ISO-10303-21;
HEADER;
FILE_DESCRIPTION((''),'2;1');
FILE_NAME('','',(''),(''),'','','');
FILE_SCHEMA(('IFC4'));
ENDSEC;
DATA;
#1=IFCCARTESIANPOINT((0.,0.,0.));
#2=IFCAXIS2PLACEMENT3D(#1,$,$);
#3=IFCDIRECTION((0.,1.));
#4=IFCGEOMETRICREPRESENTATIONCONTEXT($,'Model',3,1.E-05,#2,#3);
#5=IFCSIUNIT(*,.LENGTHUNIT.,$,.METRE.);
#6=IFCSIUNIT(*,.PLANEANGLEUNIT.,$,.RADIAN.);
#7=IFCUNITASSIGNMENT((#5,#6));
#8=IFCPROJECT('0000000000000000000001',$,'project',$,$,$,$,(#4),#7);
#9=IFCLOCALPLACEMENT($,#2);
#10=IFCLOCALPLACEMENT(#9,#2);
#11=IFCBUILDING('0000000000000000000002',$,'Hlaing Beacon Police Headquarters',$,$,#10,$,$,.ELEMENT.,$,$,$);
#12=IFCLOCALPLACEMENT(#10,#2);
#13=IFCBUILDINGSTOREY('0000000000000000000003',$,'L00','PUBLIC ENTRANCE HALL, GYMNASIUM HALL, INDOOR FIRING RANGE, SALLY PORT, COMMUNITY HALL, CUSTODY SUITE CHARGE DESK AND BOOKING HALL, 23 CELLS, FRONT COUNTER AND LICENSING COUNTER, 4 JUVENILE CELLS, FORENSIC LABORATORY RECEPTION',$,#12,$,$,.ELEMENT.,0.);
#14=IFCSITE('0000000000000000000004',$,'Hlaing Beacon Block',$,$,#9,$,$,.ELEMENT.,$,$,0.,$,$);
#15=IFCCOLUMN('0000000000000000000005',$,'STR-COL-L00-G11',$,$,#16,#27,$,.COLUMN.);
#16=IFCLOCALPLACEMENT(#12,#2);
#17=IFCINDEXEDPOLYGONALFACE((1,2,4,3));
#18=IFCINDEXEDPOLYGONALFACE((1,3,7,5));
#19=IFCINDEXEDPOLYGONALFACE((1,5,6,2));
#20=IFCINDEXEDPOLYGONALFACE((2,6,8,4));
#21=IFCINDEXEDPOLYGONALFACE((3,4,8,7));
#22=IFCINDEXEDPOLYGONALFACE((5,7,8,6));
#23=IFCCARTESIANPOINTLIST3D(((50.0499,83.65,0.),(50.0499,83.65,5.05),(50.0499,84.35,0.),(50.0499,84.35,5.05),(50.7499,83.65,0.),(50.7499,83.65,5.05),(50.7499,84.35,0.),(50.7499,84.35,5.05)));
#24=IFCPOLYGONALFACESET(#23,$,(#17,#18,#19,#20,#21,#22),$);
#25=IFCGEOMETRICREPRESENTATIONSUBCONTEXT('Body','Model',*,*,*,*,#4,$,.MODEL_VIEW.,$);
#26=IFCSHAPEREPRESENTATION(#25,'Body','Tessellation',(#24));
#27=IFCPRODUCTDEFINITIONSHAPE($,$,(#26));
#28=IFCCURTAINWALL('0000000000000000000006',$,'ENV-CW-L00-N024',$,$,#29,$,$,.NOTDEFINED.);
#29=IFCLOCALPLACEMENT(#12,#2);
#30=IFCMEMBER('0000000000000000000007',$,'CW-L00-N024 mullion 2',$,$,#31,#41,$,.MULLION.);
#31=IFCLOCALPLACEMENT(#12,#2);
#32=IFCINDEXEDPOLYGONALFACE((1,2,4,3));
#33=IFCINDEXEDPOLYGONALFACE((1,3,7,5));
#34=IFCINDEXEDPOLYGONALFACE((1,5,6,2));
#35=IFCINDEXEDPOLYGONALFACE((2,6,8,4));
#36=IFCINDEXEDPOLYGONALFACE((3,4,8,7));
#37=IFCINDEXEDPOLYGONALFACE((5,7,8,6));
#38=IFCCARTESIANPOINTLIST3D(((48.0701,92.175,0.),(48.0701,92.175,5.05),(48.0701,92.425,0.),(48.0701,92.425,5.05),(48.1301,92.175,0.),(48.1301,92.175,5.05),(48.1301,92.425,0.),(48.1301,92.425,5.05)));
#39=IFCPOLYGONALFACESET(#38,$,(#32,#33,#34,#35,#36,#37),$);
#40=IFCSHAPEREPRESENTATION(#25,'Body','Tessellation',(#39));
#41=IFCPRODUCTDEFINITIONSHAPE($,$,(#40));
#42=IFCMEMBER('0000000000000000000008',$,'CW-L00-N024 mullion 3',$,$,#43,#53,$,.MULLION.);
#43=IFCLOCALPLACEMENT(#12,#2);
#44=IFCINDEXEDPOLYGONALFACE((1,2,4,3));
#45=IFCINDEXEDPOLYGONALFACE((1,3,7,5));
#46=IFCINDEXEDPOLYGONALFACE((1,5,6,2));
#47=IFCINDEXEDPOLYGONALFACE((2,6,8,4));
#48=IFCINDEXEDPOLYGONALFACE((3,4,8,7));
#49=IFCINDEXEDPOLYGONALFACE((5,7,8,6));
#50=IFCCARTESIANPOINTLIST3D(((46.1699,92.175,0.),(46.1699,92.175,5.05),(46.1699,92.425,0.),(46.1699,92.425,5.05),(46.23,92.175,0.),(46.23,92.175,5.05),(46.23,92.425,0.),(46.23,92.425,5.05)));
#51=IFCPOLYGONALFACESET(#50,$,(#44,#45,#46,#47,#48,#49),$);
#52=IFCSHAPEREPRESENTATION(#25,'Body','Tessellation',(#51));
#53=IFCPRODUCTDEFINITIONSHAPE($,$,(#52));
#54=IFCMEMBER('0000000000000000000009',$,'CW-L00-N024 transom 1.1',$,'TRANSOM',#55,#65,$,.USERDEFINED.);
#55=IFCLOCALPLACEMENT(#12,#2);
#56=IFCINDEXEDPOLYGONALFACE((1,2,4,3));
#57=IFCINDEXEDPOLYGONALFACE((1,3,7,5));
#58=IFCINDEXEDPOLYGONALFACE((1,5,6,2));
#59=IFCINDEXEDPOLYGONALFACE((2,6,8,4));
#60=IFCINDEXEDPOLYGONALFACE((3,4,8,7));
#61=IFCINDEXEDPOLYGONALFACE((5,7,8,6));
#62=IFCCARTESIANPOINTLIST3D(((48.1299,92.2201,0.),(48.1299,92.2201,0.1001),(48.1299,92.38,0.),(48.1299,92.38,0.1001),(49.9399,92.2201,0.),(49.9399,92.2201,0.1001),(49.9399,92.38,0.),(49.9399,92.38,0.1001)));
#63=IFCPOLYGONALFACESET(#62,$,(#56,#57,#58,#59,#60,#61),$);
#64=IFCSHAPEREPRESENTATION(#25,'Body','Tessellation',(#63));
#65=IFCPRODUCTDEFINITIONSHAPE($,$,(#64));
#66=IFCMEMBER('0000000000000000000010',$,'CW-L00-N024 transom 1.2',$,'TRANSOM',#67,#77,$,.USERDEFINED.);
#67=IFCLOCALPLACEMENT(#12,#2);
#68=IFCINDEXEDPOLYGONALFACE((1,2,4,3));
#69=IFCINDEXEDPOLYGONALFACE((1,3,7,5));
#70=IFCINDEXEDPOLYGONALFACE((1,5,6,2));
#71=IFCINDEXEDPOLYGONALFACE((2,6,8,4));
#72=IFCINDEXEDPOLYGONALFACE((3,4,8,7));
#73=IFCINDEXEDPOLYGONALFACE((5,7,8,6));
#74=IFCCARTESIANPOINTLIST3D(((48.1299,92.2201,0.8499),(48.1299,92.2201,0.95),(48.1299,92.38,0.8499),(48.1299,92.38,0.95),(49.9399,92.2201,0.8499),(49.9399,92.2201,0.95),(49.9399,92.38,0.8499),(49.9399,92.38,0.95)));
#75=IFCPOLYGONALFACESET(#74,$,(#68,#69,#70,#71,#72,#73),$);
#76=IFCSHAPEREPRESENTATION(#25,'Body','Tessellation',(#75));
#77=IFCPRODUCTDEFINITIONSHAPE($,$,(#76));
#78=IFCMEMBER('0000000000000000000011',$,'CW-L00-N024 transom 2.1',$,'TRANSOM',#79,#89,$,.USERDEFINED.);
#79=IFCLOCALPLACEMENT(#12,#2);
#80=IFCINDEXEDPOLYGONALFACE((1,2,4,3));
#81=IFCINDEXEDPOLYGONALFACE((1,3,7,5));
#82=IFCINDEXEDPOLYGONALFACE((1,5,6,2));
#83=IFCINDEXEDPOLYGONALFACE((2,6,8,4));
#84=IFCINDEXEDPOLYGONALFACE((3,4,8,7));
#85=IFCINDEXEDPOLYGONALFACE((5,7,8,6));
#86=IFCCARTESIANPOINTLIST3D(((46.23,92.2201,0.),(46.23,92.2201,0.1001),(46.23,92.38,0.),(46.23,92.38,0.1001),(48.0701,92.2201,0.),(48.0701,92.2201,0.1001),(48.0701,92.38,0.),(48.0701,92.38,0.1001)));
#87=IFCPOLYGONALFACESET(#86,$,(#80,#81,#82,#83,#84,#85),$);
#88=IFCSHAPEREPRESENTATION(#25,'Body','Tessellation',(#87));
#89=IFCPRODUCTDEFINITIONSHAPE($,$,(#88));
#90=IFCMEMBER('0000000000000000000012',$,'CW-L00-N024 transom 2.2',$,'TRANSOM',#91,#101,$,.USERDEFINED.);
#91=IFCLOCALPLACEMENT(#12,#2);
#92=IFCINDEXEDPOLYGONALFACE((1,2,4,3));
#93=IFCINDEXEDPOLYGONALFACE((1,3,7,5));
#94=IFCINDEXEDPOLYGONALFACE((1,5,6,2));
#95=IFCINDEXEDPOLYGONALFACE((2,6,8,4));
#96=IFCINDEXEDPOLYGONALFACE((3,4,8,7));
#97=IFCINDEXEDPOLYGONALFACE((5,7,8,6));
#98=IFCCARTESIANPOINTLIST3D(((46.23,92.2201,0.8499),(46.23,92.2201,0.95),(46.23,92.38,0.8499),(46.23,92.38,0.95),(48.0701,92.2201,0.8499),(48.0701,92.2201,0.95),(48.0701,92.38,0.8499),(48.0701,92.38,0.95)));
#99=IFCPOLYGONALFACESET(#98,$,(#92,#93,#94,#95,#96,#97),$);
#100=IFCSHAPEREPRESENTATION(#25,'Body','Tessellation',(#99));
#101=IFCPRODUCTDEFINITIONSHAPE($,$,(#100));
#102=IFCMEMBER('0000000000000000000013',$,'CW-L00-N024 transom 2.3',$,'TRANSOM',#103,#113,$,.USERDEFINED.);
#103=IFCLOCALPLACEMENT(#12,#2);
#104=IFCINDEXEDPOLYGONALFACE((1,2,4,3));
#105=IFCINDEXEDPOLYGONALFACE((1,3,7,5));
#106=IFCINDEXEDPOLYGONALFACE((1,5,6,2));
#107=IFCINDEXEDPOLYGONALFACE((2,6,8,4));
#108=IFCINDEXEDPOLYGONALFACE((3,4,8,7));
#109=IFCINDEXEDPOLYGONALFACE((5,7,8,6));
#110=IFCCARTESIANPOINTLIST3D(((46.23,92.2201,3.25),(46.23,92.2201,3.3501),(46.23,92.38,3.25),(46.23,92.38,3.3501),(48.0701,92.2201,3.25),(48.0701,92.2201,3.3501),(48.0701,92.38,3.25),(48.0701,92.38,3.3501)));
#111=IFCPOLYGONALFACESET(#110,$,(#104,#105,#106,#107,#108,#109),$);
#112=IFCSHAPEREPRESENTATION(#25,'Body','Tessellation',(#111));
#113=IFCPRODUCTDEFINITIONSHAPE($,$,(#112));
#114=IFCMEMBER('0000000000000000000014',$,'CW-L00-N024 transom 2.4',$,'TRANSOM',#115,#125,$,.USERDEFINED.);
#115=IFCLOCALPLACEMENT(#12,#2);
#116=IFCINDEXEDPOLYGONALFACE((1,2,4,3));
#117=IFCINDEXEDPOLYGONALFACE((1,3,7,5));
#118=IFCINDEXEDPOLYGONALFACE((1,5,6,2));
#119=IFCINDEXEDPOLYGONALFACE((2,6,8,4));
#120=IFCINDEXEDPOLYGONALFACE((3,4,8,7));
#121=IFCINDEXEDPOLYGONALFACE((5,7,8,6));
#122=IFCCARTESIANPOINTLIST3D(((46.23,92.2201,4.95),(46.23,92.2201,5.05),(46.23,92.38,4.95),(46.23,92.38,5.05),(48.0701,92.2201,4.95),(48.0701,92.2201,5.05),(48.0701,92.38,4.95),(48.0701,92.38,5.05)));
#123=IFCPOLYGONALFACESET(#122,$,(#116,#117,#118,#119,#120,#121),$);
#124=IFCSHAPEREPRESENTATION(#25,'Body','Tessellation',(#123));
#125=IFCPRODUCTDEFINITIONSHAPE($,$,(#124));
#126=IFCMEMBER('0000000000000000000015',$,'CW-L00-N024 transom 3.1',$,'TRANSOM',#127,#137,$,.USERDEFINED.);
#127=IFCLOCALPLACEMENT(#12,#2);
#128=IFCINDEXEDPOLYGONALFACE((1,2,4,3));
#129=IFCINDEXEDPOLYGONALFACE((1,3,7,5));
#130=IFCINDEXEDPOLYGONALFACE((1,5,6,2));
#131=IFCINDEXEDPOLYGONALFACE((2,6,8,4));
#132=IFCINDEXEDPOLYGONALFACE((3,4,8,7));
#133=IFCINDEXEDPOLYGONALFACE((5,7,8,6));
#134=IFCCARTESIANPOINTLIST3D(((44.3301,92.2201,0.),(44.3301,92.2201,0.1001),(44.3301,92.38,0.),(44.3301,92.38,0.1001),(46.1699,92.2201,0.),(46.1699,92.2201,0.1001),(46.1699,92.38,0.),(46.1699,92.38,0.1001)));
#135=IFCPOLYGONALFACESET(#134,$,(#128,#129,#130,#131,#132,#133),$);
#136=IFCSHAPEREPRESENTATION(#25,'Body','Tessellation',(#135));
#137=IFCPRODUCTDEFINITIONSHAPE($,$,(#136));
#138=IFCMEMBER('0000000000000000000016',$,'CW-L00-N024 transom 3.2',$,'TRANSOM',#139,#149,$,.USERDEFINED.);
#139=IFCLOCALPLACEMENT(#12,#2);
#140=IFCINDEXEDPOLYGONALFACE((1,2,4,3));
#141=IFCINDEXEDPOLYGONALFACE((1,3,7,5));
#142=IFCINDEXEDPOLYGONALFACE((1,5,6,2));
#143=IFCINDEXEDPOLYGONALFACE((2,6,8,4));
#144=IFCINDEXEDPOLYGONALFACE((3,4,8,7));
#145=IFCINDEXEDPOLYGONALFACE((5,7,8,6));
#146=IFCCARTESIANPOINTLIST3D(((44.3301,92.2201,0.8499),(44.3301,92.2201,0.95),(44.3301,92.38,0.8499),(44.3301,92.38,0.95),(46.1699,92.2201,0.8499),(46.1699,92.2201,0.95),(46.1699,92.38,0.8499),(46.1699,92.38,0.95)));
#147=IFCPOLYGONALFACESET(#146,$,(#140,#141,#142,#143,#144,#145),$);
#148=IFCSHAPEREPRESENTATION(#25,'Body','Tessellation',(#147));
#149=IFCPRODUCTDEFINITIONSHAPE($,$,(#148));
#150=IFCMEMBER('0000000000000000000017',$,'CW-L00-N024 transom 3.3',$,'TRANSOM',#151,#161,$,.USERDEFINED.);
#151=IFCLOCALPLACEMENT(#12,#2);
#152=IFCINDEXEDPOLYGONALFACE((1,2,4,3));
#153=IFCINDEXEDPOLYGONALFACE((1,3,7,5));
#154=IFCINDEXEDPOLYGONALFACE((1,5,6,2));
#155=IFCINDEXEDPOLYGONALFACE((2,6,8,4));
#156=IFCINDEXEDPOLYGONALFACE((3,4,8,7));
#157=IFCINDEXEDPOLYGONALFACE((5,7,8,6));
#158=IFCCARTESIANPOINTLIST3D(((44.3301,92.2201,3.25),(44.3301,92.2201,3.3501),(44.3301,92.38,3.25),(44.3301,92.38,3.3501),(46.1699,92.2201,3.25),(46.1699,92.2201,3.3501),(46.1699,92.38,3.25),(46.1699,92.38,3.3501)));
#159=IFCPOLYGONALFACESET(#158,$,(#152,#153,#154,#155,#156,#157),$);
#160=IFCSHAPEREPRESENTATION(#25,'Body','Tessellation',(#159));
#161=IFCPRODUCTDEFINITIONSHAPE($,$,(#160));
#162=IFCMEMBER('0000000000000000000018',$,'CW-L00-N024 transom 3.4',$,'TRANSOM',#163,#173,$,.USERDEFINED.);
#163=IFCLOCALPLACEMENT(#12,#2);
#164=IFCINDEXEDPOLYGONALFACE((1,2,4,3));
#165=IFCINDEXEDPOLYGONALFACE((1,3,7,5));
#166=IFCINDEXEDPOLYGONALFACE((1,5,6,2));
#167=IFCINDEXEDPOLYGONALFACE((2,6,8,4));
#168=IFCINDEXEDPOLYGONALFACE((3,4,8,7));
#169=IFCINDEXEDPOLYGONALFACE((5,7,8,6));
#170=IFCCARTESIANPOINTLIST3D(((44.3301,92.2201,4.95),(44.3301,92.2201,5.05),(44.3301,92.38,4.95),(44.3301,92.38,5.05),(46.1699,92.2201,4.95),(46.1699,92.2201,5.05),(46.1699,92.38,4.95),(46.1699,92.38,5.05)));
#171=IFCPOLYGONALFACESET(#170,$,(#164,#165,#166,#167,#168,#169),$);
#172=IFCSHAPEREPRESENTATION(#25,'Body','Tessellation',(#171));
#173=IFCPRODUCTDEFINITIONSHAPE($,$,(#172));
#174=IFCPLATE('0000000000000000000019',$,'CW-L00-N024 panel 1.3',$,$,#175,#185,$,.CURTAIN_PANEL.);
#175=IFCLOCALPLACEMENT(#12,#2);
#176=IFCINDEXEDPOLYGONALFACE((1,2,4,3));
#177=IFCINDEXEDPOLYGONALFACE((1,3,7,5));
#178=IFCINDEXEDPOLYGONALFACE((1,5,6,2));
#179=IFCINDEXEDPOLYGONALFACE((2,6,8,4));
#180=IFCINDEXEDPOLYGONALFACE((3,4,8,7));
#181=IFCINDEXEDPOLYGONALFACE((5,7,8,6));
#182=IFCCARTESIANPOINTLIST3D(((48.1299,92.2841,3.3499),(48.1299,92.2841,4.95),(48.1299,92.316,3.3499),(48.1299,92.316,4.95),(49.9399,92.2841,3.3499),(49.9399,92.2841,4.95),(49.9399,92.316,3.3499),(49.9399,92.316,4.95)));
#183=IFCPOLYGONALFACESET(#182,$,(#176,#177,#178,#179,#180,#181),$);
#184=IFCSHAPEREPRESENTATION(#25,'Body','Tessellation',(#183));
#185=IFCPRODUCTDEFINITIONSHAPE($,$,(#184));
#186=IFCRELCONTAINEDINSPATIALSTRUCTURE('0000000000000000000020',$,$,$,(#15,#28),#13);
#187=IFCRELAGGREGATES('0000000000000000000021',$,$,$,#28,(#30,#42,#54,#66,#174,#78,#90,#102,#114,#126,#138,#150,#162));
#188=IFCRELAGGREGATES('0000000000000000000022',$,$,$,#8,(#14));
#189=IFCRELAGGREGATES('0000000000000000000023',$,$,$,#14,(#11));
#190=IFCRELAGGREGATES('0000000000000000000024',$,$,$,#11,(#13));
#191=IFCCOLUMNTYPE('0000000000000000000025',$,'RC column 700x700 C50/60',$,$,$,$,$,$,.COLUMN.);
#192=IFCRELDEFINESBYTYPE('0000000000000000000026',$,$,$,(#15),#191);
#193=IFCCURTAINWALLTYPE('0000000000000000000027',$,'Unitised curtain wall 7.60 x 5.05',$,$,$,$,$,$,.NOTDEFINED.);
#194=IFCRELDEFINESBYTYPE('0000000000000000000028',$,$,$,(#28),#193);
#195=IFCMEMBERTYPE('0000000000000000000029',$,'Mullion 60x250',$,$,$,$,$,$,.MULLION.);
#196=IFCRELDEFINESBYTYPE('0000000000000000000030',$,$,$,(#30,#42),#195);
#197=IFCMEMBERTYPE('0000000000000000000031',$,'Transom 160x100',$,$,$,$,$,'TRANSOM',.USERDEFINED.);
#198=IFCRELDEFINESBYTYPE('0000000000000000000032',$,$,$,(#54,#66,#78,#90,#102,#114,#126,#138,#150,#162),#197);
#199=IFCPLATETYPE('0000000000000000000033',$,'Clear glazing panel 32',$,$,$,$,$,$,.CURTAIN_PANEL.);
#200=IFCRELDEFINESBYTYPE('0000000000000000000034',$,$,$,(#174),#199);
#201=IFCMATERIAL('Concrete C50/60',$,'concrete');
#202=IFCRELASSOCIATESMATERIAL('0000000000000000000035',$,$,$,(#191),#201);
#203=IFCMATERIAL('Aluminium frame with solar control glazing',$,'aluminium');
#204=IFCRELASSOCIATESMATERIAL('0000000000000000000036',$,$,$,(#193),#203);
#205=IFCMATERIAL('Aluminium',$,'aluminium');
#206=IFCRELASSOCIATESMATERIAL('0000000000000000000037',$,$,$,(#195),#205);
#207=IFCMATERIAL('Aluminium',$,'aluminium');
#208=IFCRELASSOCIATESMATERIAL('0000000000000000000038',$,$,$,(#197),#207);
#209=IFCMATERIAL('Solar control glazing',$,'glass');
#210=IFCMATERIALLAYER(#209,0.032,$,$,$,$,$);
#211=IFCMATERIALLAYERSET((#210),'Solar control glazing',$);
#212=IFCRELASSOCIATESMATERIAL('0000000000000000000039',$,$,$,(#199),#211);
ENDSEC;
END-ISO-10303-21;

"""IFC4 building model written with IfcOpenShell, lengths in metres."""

from ifc_helpers import new_model, si_unit, direction, frame, origin, origin_2d, place, context, subcontext, project, spatial, rectangle, extrude, material, layer, layer_set, material_profile, profile_set, type_object, element, aggregate, save


model = new_model("IFC4")

# Units and contexts
model_context = context("Model", 3, precision=1e-05, world=origin(), true_north=direction((0.0, 1.0)))
body_context = subcontext(model_context, "Body", "Model", "MODEL_VIEW")
ifc_project = project(units=[si_unit("LENGTHUNIT", "METRE"), si_unit("PLANEANGLEUNIT", "RADIAN")], contexts=[model_context])

# Site, building, storey
site_placement = place(None, origin())
site = spatial("IfcSite", under=ifc_project, at=site_placement, Name="Hlaing Beacon Block", CompositionType="ELEMENT", RefElevation=0.0)
building_placement = place(site_placement, origin())
building = spatial("IfcBuilding", under=site, at=building_placement, Name="Hlaing Beacon Police Headquarters", CompositionType="ELEMENT")
storey_placement = place(building_placement, origin())
storey = spatial("IfcBuildingStorey", under=building, at=storey_placement, Name="L00", Description="PUBLIC ENTRANCE HALL, GYMNASIUM HALL, INDOOR FIRING RANGE, SALLY PORT, COMMUNITY HALL, CUSTODY SUITE CHARGE DESK AND BOOKING HALL, 23 CELLS, FRONT COUNTER AND LICENSING COUNTER, 4 JUVENILE CELLS, FORENSIC LABORATORY RECEPTION", CompositionType="ELEMENT", Elevation=0.0)

# Column
ifc_material_1 = material(Name="Concrete C50/60", Category="concrete")
ifc_material_profile_1 = material_profile(ifc_material_1, rectangle(XDim=0.7, YDim=0.7, at=origin_2d()), Name="700x700")
ifc_profile_set_1 = profile_set([ifc_material_profile_1], Name="Concrete C50/60")
column_type = type_object("IfcColumnType", Name="RC column 700x700 C50/60", PredefinedType="COLUMN", material=ifc_profile_set_1)
column_placement = place(storey_placement, frame((50.3999, 84.0, 0.0), z_axis=(0.0, 0.0, 1.0), x_axis=(1.0, 0.0, 0.0)))
element("IfcColumn", 1, at=column_placement, inside=storey, type_object=column_type, Name="STR-COL-L00-G11", PredefinedType="COLUMN", context=body_context, shape_type="SweptSolid", body=[
    extrude(rectangle(XDim=0.7, YDim=0.7, at=origin_2d()), origin(), (0.0, 0.0, 1.0), 5.05),
])

# Curtain wall, members, plate
ifc_material_2 = material(Name="Aluminium frame with solar control glazing", Category="aluminium")
curtain_wall_type = type_object("IfcCurtainWallType", Name="Unitised curtain wall 7.60 x 5.05", PredefinedType="NOTDEFINED", material=ifc_material_2)
curtain_wall_placement = place(storey_placement, origin())
curtain_wall = element("IfcCurtainWall", 2, at=curtain_wall_placement, inside=storey, type_object=curtain_wall_type, Name="ENV-CW-L00-N024", PredefinedType="NOTDEFINED")
ifc_material_3 = material(Name="Aluminium", Category="aluminium")
ifc_material_profile_2 = material_profile(ifc_material_3, rectangle(XDim=0.25, YDim=0.0601, at=origin_2d()), Name="Mullion 60x250")
ifc_profile_set_2 = profile_set([ifc_material_profile_2], Name="Aluminium")
member_type_1 = type_object("IfcMemberType", Name="Mullion 60x250", PredefinedType="MULLION", material=ifc_profile_set_2)
member_1_placement = place(storey_placement, frame((48.1001, 92.3, 0.0), z_axis=(0.0, 0.0, 1.0), x_axis=(0.0, -1.0, 0.0)))
member_1 = element("IfcMember", 3, at=member_1_placement, type_object=member_type_1, Name="CW-L00-N024 mullion 2", PredefinedType="MULLION", context=body_context, shape_type="SweptSolid", body=[
    extrude(rectangle(XDim=0.25, YDim=0.0601, at=origin_2d()), origin(), (0.0, 0.0, 1.0), 5.05),
])
member_2_placement = place(storey_placement, frame((46.2, 92.3, 0.0), z_axis=(0.0, 0.0, 1.0), x_axis=(0.0, -1.0, 0.0)))
member_2 = element("IfcMember", 4, at=member_2_placement, type_object=member_type_1, Name="CW-L00-N024 mullion 3", PredefinedType="MULLION", context=body_context, shape_type="SweptSolid", body=[
    extrude(rectangle(XDim=0.25, YDim=0.0601, at=origin_2d()), origin(), (0.0, 0.0, 1.0), 5.05),
])
ifc_material_4 = material(Name="Aluminium", Category="aluminium")
ifc_material_profile_3 = material_profile(ifc_material_4, rectangle(XDim=0.1599, YDim=0.1001, at=origin_2d()), Name="Transom 160x100")
ifc_profile_set_3 = profile_set([ifc_material_profile_3], Name="Aluminium")
member_type_2 = type_object("IfcMemberType", Name="Transom 160x100", ElementType="TRANSOM", PredefinedType="USERDEFINED", material=ifc_profile_set_3)
member_3_placement = place(storey_placement, frame((49.9399, 92.3, 0.05), z_axis=(-1.0, 0.0, 0.0), x_axis=(0.0, -1.0, 0.0)))
member_3 = element("IfcMember", 5, at=member_3_placement, type_object=member_type_2, Name="CW-L00-N024 transom 1.1", ObjectType="TRANSOM", PredefinedType="USERDEFINED", context=body_context, shape_type="SweptSolid", body=[
    extrude(rectangle(XDim=0.1599, YDim=0.1001, at=origin_2d()), origin(), (0.0, 0.0, 1.0), 1.8101),
])
member_4_placement = place(storey_placement, frame((49.9399, 92.3, 0.8999), z_axis=(-1.0, 0.0, 0.0), x_axis=(0.0, -1.0, 0.0)))
member_4 = element("IfcMember", 6, at=member_4_placement, type_object=member_type_2, Name="CW-L00-N024 transom 1.2", ObjectType="TRANSOM", PredefinedType="USERDEFINED", context=body_context, shape_type="SweptSolid", body=[
    extrude(rectangle(XDim=0.1599, YDim=0.1001, at=origin_2d()), origin(), (0.0, 0.0, 1.0), 1.8101),
])
member_5_placement = place(storey_placement, frame((48.0701, 92.3, 0.05), z_axis=(-1.0, 0.0, 0.0), x_axis=(0.0, -1.0, 0.0)))
member_5 = element("IfcMember", 7, at=member_5_placement, type_object=member_type_2, Name="CW-L00-N024 transom 2.1", ObjectType="TRANSOM", PredefinedType="USERDEFINED", context=body_context, shape_type="SweptSolid", body=[
    extrude(rectangle(XDim=0.1599, YDim=0.1001, at=origin_2d()), origin(), (0.0, 0.0, 1.0), 1.8401),
])
member_6_placement = place(storey_placement, frame((48.0701, 92.3, 0.8999), z_axis=(-1.0, 0.0, 0.0), x_axis=(0.0, -1.0, 0.0)))
member_6 = element("IfcMember", 8, at=member_6_placement, type_object=member_type_2, Name="CW-L00-N024 transom 2.2", ObjectType="TRANSOM", PredefinedType="USERDEFINED", context=body_context, shape_type="SweptSolid", body=[
    extrude(rectangle(XDim=0.1599, YDim=0.1001, at=origin_2d()), origin(), (0.0, 0.0, 1.0), 1.8401),
])
member_7_placement = place(storey_placement, frame((48.0701, 92.3, 3.3), z_axis=(-1.0, 0.0, 0.0), x_axis=(0.0, -1.0, 0.0)))
member_7 = element("IfcMember", 9, at=member_7_placement, type_object=member_type_2, Name="CW-L00-N024 transom 2.3", ObjectType="TRANSOM", PredefinedType="USERDEFINED", context=body_context, shape_type="SweptSolid", body=[
    extrude(rectangle(XDim=0.1599, YDim=0.1001, at=origin_2d()), origin(), (0.0, 0.0, 1.0), 1.8401),
])
member_8_placement = place(storey_placement, frame((48.0701, 92.3, 5.0), z_axis=(-1.0, 0.0, 0.0), x_axis=(0.0, -1.0, 0.0)))
member_8 = element("IfcMember", 10, at=member_8_placement, type_object=member_type_2, Name="CW-L00-N024 transom 2.4", ObjectType="TRANSOM", PredefinedType="USERDEFINED", context=body_context, shape_type="SweptSolid", body=[
    extrude(rectangle(XDim=0.1599, YDim=0.1001, at=origin_2d()), origin(), (0.0, 0.0, 1.0), 1.8401),
])
member_9_placement = place(storey_placement, frame((46.1699, 92.3, 0.05), z_axis=(-1.0, 0.0, 0.0), x_axis=(0.0, -1.0, 0.0)))
member_9 = element("IfcMember", 11, at=member_9_placement, type_object=member_type_2, Name="CW-L00-N024 transom 3.1", ObjectType="TRANSOM", PredefinedType="USERDEFINED", context=body_context, shape_type="SweptSolid", body=[
    extrude(rectangle(XDim=0.1599, YDim=0.1001, at=origin_2d()), origin(), (0.0, 0.0, 1.0), 1.8398),
])
member_10_placement = place(storey_placement, frame((46.1699, 92.3, 0.8999), z_axis=(-1.0, 0.0, 0.0), x_axis=(0.0, -1.0, 0.0)))
member_10 = element("IfcMember", 12, at=member_10_placement, type_object=member_type_2, Name="CW-L00-N024 transom 3.2", ObjectType="TRANSOM", PredefinedType="USERDEFINED", context=body_context, shape_type="SweptSolid", body=[
    extrude(rectangle(XDim=0.1599, YDim=0.1001, at=origin_2d()), origin(), (0.0, 0.0, 1.0), 1.8398),
])
member_11_placement = place(storey_placement, frame((46.1699, 92.3, 3.3), z_axis=(-1.0, 0.0, 0.0), x_axis=(0.0, -1.0, 0.0)))
member_11 = element("IfcMember", 13, at=member_11_placement, type_object=member_type_2, Name="CW-L00-N024 transom 3.3", ObjectType="TRANSOM", PredefinedType="USERDEFINED", context=body_context, shape_type="SweptSolid", body=[
    extrude(rectangle(XDim=0.1599, YDim=0.1001, at=origin_2d()), origin(), (0.0, 0.0, 1.0), 1.8398),
])
member_12_placement = place(storey_placement, frame((46.1699, 92.3, 5.0), z_axis=(-1.0, 0.0, 0.0), x_axis=(0.0, -1.0, 0.0)))
member_12 = element("IfcMember", 14, at=member_12_placement, type_object=member_type_2, Name="CW-L00-N024 transom 3.4", ObjectType="TRANSOM", PredefinedType="USERDEFINED", context=body_context, shape_type="SweptSolid", body=[
    extrude(rectangle(XDim=0.1599, YDim=0.1001, at=origin_2d()), origin(), (0.0, 0.0, 1.0), 1.8398),
])
ifc_material_5 = material(Name="Solar control glazing", Category="glass")
ifc_layer_1 = layer(ifc_material_5, 0.032)
ifc_layer_set_1 = layer_set([ifc_layer_1], Name="Solar control glazing")
plate_type_1 = type_object("IfcPlateType", Name="Clear glazing panel 32", PredefinedType="CURTAIN_PANEL", material=ifc_layer_set_1)
plate_1_placement = place(storey_placement, frame((49.0349, 92.3, 3.3499), z_axis=(0.0, 0.0, 1.0), x_axis=(-1.0, 0.0, 0.0)))
plate_1 = element("IfcPlate", 15, at=plate_1_placement, type_object=plate_type_1, Name="CW-L00-N024 panel 1.3", PredefinedType="CURTAIN_PANEL", context=body_context, shape_type="SweptSolid", body=[
    extrude(rectangle(XDim=1.8101, YDim=0.032, at=origin_2d()), origin(), (0.0, 0.0, 1.0), 1.6001),
])
aggregate(curtain_wall, [member_1, member_2, member_3, member_4, plate_1, member_5, member_6, member_7, member_8, member_9, member_10, member_11, member_12])

save(model, "model.ifc")
